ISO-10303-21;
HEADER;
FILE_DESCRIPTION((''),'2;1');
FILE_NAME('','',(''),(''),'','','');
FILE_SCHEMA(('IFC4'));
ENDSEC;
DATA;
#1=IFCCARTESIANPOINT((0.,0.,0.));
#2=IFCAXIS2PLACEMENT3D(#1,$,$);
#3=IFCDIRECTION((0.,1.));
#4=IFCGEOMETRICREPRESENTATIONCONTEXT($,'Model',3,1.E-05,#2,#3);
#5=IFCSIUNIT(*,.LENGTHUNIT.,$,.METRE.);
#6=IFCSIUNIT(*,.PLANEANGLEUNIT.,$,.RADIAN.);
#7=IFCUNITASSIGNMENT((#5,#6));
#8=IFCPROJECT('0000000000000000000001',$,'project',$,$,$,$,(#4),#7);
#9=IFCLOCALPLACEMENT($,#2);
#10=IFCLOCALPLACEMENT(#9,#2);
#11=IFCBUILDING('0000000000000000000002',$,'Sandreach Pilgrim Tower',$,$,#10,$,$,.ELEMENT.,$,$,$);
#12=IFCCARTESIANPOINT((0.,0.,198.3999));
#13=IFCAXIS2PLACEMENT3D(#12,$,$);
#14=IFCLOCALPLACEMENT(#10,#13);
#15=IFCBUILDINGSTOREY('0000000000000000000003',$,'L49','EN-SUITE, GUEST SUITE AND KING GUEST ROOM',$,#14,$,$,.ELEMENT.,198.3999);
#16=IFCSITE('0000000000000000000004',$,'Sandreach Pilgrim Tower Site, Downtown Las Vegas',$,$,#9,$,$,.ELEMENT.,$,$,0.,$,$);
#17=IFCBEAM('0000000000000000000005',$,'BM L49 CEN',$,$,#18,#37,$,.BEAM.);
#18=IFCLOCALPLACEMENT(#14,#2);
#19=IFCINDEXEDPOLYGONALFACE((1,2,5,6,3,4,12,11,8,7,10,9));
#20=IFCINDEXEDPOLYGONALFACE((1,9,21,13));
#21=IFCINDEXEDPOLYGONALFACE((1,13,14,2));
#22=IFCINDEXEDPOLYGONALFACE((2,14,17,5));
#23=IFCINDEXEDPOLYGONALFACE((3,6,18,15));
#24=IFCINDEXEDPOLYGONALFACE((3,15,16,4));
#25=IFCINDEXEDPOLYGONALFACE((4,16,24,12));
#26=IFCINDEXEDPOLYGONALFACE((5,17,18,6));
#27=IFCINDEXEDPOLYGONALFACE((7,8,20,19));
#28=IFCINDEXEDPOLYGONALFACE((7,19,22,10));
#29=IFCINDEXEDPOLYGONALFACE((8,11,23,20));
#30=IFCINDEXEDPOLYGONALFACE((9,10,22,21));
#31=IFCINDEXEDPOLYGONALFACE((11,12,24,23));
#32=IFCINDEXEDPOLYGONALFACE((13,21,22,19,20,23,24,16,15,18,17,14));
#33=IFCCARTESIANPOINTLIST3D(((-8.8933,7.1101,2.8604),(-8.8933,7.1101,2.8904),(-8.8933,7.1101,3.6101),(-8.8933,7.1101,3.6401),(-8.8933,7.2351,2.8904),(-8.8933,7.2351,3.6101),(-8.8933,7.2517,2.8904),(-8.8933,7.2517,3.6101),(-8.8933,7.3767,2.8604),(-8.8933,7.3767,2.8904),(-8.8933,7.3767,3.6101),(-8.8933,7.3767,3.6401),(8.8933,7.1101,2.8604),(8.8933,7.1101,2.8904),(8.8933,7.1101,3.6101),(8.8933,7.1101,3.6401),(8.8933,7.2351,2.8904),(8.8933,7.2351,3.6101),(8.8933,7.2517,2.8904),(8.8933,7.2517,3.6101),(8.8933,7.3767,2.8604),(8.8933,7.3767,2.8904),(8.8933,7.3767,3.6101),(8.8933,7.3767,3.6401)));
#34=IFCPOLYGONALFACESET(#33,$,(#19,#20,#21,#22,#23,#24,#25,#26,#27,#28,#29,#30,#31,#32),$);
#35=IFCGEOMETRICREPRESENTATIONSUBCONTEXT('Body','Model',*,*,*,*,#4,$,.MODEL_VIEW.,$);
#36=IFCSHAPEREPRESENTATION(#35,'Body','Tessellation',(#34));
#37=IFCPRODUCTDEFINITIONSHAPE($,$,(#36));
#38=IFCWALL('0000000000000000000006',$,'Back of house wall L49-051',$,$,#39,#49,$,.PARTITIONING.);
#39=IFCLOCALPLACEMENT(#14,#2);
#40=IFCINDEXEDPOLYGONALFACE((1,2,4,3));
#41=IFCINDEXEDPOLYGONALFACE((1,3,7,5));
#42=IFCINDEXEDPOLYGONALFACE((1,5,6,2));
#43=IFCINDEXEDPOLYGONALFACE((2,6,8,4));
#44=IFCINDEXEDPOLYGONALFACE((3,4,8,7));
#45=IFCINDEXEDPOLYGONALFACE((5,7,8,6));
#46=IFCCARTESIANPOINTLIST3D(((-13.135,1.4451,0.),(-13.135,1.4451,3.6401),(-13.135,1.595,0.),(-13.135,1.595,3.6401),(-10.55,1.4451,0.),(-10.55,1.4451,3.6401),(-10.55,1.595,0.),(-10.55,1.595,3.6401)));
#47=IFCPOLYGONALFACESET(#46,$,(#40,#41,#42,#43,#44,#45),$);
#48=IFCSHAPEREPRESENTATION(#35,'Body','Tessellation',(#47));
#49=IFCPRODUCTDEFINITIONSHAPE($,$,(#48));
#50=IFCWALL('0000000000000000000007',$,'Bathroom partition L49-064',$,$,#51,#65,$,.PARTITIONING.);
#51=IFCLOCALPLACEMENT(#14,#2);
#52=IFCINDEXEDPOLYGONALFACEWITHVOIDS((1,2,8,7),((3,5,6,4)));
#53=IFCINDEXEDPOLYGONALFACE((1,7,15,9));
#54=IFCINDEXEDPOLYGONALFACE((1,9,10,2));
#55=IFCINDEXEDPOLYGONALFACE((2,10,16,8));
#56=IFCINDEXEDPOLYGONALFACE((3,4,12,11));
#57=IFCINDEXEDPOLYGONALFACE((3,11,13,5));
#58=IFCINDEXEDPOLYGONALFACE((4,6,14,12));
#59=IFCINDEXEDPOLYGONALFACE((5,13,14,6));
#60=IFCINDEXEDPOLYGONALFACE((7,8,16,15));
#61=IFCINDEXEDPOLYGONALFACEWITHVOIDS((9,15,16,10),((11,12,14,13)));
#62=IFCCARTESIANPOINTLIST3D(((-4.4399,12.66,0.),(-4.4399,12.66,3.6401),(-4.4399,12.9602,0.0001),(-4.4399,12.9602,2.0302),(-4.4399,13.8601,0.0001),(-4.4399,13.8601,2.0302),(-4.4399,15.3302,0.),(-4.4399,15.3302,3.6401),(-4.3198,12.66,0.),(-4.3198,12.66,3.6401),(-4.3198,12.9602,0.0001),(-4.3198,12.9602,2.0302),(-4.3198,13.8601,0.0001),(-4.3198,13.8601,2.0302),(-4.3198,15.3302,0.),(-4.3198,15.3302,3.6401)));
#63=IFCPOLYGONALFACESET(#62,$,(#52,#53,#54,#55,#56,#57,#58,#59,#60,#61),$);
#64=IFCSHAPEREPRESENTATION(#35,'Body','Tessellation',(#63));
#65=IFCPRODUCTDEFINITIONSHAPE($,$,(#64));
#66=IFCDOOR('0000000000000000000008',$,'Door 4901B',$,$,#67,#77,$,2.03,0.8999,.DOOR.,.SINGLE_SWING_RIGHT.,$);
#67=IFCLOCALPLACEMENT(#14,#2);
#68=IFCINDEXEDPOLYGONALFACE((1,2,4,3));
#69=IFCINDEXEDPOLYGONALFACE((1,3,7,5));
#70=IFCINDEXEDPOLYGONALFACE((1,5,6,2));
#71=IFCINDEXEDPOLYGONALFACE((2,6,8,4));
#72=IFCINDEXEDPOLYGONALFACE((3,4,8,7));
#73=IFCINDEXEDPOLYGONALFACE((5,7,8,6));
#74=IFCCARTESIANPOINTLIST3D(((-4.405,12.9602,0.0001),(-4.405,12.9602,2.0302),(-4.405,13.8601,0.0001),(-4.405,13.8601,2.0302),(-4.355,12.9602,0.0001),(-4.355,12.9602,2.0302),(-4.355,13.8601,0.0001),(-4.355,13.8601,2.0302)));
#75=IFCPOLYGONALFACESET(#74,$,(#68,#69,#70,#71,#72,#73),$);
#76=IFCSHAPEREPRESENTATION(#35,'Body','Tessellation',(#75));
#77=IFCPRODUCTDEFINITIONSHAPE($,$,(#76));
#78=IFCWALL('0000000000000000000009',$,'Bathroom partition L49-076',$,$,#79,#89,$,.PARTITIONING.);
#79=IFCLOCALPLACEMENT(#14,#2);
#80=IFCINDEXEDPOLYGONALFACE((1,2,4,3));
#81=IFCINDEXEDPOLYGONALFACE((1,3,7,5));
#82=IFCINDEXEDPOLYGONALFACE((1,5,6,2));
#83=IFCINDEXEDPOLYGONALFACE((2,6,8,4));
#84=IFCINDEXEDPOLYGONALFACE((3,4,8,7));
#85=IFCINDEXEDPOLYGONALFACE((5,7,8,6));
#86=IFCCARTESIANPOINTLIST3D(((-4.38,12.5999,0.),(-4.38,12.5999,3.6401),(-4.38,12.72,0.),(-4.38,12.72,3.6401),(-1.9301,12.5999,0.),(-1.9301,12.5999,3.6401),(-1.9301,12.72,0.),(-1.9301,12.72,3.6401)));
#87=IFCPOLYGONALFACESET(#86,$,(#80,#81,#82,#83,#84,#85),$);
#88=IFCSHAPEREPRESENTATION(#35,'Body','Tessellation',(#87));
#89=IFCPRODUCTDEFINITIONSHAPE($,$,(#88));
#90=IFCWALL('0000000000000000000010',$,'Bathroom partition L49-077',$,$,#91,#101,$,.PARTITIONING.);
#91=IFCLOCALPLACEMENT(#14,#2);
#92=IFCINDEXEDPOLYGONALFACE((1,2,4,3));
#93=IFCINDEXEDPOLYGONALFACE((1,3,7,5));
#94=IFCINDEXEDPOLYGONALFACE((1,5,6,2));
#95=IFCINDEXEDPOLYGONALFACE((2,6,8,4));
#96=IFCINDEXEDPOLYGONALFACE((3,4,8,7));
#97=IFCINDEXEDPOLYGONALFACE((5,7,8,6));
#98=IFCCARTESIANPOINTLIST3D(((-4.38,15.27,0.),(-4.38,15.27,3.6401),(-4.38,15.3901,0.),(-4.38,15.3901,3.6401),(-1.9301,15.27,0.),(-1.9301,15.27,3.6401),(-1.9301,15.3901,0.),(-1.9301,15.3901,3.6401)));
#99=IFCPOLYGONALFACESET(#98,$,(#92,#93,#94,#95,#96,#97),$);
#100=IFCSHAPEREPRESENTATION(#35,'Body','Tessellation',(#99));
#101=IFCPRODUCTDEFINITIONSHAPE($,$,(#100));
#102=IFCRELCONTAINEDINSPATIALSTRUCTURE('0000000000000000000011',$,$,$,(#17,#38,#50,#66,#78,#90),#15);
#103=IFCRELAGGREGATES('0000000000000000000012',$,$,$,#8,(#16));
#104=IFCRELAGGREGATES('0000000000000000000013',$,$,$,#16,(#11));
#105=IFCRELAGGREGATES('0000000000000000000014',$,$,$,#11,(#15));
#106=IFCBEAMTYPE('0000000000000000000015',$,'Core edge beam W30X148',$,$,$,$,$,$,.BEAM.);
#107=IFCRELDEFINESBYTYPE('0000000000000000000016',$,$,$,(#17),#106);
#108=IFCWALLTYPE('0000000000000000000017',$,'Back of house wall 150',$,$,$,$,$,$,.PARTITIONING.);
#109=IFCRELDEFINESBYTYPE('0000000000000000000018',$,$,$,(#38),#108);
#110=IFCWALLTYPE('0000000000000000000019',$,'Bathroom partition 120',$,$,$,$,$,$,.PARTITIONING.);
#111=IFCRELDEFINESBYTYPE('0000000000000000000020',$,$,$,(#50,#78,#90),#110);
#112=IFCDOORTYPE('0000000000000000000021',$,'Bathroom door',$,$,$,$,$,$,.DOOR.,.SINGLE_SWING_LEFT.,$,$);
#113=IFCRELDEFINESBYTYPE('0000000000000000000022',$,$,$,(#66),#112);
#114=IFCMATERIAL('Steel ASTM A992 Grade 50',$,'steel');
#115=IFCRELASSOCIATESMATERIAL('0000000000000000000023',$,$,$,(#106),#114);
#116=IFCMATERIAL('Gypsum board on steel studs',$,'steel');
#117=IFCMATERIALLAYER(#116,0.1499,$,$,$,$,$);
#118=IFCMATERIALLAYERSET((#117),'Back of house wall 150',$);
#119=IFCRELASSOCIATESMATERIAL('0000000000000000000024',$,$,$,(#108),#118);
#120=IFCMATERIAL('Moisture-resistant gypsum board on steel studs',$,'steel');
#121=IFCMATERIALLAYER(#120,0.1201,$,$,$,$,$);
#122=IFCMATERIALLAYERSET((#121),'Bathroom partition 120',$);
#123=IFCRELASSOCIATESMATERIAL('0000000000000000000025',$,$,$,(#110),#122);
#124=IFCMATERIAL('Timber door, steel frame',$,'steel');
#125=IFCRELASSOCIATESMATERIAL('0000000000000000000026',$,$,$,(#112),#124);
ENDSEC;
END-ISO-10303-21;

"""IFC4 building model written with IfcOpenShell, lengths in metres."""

from ifc_helpers import new_model, si_unit, direction, frame, frame_2d, origin, origin_2d, place, context, subcontext, project, spatial, rectangle, i_section, extrude, material, layer, layer_set, material_profile, profile_set, type_object, element, fill, save


model = new_model("IFC4")

# Units and contexts
model_context = context("Model", 3, precision=1e-05, world=origin(), true_north=direction((0.0, 1.0)))
body_context = subcontext(model_context, "Body", "Model", "MODEL_VIEW")
ifc_project = project(units=[si_unit("LENGTHUNIT", "METRE"), si_unit("PLANEANGLEUNIT", "RADIAN")], contexts=[model_context])

# Site, building, storey
site_placement = place(None, origin())
site = spatial("IfcSite", under=ifc_project, at=site_placement, Name="Sandreach Pilgrim Tower Site, Downtown Las Vegas", CompositionType="ELEMENT", RefElevation=0.0)
building_placement = place(site_placement, origin())
building = spatial("IfcBuilding", under=site, at=building_placement, Name="Sandreach Pilgrim Tower", CompositionType="ELEMENT")
storey_placement = place(building_placement, frame((0.0, 0.0, 198.3999)))
storey = spatial("IfcBuildingStorey", under=building, at=storey_placement, Name="L49", Description="EN-SUITE, GUEST SUITE AND KING GUEST ROOM", CompositionType="ELEMENT", Elevation=198.3999)

# Beam
ifc_material_1 = material(Name="Steel ASTM A992 Grade 50", Category="steel")
ifc_material_profile = material_profile(ifc_material_1, i_section(OverallWidth=0.2666, OverallDepth=0.7798, WebThickness=0.0166, FlangeThickness=0.03, at=origin_2d()), Name="W30X148")
ifc_profile_set = profile_set([ifc_material_profile], Name="Steel ASTM A992 Grade 50")
beam_type = type_object("IfcBeamType", Name="Core edge beam W30X148", PredefinedType="BEAM", material=ifc_profile_set)
beam_placement = place(storey_placement, frame((-8.8933, 7.2434, 3.2502), z_axis=(1.0, 0.0, 0.0), x_axis=(0.0, 1.0, 0.0)))
element("IfcBeam", 1, at=beam_placement, inside=storey, type_object=beam_type, Name="BM L49 CEN", PredefinedType="BEAM", context=body_context, shape_type="SweptSolid", body=[
    extrude(i_section(OverallWidth=0.2666, OverallDepth=0.7798, WebThickness=0.0166, FlangeThickness=0.03, at=origin_2d()), origin(), (0.0, 0.0, 1.0), 17.7866),
])

# Wall
ifc_material_2 = material(Name="Gypsum board on steel studs", Category="steel")
ifc_layer_1 = layer(ifc_material_2, 0.1499)
ifc_layer_set_1 = layer_set([ifc_layer_1], Name="Back of house wall 150")
wall_type_1 = type_object("IfcWallType", Name="Back of house wall 150", PredefinedType="PARTITIONING", material=ifc_layer_set_1)
wall_1_placement = place(storey_placement, frame((-10.55, 1.52, 0.0), z_axis=(0.0, 0.0, 1.0), x_axis=(-1.0, 0.0, 0.0)))
element("IfcWall", 2, at=wall_1_placement, inside=storey, type_object=wall_type_1, Name="Back of house wall L49-051", PredefinedType="PARTITIONING", context=body_context, shape_type="SweptSolid", body=[
    extrude(rectangle(XDim=2.585, YDim=0.1499, at=frame_2d((1.2925, 0.0))), origin(), (0.0, 0.0, 1.0), 3.6401),
])

# Wall, opening, door
ifc_material_3 = material(Name="Moisture-resistant gypsum board on steel studs", Category="steel")
ifc_layer_2 = layer(ifc_material_3, 0.1201)
ifc_layer_set_2 = layer_set([ifc_layer_2], Name="Bathroom partition 120")
wall_type_2 = type_object("IfcWallType", Name="Bathroom partition 120", PredefinedType="PARTITIONING", material=ifc_layer_set_2)
wall_2_placement = place(storey_placement, frame((-4.3799, 15.3301, 0.0), z_axis=(0.0, 0.0, 1.0), x_axis=(0.0, -1.0, 0.0)))
wall_2 = element("IfcWall", 3, at=wall_2_placement, inside=storey, type_object=wall_type_2, Name="Bathroom partition L49-064", PredefinedType="PARTITIONING", context=body_context, shape_type="SweptSolid", body=[
    extrude(rectangle(XDim=2.6702, YDim=0.1201, at=frame_2d((1.335, 0.0))), origin(), (0.0, 0.0, 1.0), 3.6401),
])
opening_1_placement = place(wall_2_placement, frame((1.47, 0.0, 0.0)))
opening_1 = element("IfcOpeningElement", 4, at=opening_1_placement, cuts=wall_2, PredefinedType="OPENING", context=body_context, shape_type="SweptSolid", body=[
    extrude(rectangle(XDim=0.8999, YDim=2.03, at=frame_2d((0.45, 1.0151))), frame((0.0, 0.0601, 0.0), z_axis=(0.0, -1.0, 0.0), x_axis=(1.0, 0.0, 0.0)), (0.0, 0.0, 1.0), 0.1201),
])
ifc_material_4 = material(Name="Timber door, steel frame", Category="steel")
door_type_1 = type_object("IfcDoorType", Name="Bathroom door", OperationType="SINGLE_SWING_LEFT", PredefinedType="DOOR", material=ifc_material_4)
door_1_placement = place(opening_1_placement, origin())
door_1 = element("IfcDoor", 5, at=door_1_placement, inside=storey, type_object=door_type_1, Name="Door 4901B", OperationType="SINGLE_SWING_RIGHT", OverallHeight=2.03, OverallWidth=0.8999, PredefinedType="DOOR", context=body_context, shape_type="SweptSolid", body=[
    extrude(rectangle(XDim=0.8999, YDim=2.03, at=frame_2d((0.45, 1.0151))), frame((0.0, 0.0249, 0.0), z_axis=(0.0, -1.0, 0.0), x_axis=(1.0, 0.0, 0.0)), (0.0, 0.0, 1.0), 0.05),
])
fill(opening_1, door_1)

# Walls
for number, where, z_axis, x_axis, name in (
    (6, (-1.9299, 12.6599, 0.0), (0.0, 0.0, 1.0), (-1.0, 0.0, 0.0), "Bathroom partition L49-076"),
    (7, (-1.9299, 15.3301, 0.0), (0.0, 0.0, 1.0), (-1.0, 0.0, 0.0), "Bathroom partition L49-077"),
):
    element("IfcWall", number, at=place(storey_placement, frame(where, z_axis=z_axis, x_axis=x_axis)), inside=storey, type_object=wall_type_2, Name=name, PredefinedType="PARTITIONING", context=body_context, shape_type="SweptSolid", body=[
        extrude(rectangle(XDim=2.45, YDim=0.1201, at=frame_2d((1.2251, 0.0))), origin(), (0.0, 0.0, 1.0), 3.6401),
    ])

save(model, "model.ifc")
